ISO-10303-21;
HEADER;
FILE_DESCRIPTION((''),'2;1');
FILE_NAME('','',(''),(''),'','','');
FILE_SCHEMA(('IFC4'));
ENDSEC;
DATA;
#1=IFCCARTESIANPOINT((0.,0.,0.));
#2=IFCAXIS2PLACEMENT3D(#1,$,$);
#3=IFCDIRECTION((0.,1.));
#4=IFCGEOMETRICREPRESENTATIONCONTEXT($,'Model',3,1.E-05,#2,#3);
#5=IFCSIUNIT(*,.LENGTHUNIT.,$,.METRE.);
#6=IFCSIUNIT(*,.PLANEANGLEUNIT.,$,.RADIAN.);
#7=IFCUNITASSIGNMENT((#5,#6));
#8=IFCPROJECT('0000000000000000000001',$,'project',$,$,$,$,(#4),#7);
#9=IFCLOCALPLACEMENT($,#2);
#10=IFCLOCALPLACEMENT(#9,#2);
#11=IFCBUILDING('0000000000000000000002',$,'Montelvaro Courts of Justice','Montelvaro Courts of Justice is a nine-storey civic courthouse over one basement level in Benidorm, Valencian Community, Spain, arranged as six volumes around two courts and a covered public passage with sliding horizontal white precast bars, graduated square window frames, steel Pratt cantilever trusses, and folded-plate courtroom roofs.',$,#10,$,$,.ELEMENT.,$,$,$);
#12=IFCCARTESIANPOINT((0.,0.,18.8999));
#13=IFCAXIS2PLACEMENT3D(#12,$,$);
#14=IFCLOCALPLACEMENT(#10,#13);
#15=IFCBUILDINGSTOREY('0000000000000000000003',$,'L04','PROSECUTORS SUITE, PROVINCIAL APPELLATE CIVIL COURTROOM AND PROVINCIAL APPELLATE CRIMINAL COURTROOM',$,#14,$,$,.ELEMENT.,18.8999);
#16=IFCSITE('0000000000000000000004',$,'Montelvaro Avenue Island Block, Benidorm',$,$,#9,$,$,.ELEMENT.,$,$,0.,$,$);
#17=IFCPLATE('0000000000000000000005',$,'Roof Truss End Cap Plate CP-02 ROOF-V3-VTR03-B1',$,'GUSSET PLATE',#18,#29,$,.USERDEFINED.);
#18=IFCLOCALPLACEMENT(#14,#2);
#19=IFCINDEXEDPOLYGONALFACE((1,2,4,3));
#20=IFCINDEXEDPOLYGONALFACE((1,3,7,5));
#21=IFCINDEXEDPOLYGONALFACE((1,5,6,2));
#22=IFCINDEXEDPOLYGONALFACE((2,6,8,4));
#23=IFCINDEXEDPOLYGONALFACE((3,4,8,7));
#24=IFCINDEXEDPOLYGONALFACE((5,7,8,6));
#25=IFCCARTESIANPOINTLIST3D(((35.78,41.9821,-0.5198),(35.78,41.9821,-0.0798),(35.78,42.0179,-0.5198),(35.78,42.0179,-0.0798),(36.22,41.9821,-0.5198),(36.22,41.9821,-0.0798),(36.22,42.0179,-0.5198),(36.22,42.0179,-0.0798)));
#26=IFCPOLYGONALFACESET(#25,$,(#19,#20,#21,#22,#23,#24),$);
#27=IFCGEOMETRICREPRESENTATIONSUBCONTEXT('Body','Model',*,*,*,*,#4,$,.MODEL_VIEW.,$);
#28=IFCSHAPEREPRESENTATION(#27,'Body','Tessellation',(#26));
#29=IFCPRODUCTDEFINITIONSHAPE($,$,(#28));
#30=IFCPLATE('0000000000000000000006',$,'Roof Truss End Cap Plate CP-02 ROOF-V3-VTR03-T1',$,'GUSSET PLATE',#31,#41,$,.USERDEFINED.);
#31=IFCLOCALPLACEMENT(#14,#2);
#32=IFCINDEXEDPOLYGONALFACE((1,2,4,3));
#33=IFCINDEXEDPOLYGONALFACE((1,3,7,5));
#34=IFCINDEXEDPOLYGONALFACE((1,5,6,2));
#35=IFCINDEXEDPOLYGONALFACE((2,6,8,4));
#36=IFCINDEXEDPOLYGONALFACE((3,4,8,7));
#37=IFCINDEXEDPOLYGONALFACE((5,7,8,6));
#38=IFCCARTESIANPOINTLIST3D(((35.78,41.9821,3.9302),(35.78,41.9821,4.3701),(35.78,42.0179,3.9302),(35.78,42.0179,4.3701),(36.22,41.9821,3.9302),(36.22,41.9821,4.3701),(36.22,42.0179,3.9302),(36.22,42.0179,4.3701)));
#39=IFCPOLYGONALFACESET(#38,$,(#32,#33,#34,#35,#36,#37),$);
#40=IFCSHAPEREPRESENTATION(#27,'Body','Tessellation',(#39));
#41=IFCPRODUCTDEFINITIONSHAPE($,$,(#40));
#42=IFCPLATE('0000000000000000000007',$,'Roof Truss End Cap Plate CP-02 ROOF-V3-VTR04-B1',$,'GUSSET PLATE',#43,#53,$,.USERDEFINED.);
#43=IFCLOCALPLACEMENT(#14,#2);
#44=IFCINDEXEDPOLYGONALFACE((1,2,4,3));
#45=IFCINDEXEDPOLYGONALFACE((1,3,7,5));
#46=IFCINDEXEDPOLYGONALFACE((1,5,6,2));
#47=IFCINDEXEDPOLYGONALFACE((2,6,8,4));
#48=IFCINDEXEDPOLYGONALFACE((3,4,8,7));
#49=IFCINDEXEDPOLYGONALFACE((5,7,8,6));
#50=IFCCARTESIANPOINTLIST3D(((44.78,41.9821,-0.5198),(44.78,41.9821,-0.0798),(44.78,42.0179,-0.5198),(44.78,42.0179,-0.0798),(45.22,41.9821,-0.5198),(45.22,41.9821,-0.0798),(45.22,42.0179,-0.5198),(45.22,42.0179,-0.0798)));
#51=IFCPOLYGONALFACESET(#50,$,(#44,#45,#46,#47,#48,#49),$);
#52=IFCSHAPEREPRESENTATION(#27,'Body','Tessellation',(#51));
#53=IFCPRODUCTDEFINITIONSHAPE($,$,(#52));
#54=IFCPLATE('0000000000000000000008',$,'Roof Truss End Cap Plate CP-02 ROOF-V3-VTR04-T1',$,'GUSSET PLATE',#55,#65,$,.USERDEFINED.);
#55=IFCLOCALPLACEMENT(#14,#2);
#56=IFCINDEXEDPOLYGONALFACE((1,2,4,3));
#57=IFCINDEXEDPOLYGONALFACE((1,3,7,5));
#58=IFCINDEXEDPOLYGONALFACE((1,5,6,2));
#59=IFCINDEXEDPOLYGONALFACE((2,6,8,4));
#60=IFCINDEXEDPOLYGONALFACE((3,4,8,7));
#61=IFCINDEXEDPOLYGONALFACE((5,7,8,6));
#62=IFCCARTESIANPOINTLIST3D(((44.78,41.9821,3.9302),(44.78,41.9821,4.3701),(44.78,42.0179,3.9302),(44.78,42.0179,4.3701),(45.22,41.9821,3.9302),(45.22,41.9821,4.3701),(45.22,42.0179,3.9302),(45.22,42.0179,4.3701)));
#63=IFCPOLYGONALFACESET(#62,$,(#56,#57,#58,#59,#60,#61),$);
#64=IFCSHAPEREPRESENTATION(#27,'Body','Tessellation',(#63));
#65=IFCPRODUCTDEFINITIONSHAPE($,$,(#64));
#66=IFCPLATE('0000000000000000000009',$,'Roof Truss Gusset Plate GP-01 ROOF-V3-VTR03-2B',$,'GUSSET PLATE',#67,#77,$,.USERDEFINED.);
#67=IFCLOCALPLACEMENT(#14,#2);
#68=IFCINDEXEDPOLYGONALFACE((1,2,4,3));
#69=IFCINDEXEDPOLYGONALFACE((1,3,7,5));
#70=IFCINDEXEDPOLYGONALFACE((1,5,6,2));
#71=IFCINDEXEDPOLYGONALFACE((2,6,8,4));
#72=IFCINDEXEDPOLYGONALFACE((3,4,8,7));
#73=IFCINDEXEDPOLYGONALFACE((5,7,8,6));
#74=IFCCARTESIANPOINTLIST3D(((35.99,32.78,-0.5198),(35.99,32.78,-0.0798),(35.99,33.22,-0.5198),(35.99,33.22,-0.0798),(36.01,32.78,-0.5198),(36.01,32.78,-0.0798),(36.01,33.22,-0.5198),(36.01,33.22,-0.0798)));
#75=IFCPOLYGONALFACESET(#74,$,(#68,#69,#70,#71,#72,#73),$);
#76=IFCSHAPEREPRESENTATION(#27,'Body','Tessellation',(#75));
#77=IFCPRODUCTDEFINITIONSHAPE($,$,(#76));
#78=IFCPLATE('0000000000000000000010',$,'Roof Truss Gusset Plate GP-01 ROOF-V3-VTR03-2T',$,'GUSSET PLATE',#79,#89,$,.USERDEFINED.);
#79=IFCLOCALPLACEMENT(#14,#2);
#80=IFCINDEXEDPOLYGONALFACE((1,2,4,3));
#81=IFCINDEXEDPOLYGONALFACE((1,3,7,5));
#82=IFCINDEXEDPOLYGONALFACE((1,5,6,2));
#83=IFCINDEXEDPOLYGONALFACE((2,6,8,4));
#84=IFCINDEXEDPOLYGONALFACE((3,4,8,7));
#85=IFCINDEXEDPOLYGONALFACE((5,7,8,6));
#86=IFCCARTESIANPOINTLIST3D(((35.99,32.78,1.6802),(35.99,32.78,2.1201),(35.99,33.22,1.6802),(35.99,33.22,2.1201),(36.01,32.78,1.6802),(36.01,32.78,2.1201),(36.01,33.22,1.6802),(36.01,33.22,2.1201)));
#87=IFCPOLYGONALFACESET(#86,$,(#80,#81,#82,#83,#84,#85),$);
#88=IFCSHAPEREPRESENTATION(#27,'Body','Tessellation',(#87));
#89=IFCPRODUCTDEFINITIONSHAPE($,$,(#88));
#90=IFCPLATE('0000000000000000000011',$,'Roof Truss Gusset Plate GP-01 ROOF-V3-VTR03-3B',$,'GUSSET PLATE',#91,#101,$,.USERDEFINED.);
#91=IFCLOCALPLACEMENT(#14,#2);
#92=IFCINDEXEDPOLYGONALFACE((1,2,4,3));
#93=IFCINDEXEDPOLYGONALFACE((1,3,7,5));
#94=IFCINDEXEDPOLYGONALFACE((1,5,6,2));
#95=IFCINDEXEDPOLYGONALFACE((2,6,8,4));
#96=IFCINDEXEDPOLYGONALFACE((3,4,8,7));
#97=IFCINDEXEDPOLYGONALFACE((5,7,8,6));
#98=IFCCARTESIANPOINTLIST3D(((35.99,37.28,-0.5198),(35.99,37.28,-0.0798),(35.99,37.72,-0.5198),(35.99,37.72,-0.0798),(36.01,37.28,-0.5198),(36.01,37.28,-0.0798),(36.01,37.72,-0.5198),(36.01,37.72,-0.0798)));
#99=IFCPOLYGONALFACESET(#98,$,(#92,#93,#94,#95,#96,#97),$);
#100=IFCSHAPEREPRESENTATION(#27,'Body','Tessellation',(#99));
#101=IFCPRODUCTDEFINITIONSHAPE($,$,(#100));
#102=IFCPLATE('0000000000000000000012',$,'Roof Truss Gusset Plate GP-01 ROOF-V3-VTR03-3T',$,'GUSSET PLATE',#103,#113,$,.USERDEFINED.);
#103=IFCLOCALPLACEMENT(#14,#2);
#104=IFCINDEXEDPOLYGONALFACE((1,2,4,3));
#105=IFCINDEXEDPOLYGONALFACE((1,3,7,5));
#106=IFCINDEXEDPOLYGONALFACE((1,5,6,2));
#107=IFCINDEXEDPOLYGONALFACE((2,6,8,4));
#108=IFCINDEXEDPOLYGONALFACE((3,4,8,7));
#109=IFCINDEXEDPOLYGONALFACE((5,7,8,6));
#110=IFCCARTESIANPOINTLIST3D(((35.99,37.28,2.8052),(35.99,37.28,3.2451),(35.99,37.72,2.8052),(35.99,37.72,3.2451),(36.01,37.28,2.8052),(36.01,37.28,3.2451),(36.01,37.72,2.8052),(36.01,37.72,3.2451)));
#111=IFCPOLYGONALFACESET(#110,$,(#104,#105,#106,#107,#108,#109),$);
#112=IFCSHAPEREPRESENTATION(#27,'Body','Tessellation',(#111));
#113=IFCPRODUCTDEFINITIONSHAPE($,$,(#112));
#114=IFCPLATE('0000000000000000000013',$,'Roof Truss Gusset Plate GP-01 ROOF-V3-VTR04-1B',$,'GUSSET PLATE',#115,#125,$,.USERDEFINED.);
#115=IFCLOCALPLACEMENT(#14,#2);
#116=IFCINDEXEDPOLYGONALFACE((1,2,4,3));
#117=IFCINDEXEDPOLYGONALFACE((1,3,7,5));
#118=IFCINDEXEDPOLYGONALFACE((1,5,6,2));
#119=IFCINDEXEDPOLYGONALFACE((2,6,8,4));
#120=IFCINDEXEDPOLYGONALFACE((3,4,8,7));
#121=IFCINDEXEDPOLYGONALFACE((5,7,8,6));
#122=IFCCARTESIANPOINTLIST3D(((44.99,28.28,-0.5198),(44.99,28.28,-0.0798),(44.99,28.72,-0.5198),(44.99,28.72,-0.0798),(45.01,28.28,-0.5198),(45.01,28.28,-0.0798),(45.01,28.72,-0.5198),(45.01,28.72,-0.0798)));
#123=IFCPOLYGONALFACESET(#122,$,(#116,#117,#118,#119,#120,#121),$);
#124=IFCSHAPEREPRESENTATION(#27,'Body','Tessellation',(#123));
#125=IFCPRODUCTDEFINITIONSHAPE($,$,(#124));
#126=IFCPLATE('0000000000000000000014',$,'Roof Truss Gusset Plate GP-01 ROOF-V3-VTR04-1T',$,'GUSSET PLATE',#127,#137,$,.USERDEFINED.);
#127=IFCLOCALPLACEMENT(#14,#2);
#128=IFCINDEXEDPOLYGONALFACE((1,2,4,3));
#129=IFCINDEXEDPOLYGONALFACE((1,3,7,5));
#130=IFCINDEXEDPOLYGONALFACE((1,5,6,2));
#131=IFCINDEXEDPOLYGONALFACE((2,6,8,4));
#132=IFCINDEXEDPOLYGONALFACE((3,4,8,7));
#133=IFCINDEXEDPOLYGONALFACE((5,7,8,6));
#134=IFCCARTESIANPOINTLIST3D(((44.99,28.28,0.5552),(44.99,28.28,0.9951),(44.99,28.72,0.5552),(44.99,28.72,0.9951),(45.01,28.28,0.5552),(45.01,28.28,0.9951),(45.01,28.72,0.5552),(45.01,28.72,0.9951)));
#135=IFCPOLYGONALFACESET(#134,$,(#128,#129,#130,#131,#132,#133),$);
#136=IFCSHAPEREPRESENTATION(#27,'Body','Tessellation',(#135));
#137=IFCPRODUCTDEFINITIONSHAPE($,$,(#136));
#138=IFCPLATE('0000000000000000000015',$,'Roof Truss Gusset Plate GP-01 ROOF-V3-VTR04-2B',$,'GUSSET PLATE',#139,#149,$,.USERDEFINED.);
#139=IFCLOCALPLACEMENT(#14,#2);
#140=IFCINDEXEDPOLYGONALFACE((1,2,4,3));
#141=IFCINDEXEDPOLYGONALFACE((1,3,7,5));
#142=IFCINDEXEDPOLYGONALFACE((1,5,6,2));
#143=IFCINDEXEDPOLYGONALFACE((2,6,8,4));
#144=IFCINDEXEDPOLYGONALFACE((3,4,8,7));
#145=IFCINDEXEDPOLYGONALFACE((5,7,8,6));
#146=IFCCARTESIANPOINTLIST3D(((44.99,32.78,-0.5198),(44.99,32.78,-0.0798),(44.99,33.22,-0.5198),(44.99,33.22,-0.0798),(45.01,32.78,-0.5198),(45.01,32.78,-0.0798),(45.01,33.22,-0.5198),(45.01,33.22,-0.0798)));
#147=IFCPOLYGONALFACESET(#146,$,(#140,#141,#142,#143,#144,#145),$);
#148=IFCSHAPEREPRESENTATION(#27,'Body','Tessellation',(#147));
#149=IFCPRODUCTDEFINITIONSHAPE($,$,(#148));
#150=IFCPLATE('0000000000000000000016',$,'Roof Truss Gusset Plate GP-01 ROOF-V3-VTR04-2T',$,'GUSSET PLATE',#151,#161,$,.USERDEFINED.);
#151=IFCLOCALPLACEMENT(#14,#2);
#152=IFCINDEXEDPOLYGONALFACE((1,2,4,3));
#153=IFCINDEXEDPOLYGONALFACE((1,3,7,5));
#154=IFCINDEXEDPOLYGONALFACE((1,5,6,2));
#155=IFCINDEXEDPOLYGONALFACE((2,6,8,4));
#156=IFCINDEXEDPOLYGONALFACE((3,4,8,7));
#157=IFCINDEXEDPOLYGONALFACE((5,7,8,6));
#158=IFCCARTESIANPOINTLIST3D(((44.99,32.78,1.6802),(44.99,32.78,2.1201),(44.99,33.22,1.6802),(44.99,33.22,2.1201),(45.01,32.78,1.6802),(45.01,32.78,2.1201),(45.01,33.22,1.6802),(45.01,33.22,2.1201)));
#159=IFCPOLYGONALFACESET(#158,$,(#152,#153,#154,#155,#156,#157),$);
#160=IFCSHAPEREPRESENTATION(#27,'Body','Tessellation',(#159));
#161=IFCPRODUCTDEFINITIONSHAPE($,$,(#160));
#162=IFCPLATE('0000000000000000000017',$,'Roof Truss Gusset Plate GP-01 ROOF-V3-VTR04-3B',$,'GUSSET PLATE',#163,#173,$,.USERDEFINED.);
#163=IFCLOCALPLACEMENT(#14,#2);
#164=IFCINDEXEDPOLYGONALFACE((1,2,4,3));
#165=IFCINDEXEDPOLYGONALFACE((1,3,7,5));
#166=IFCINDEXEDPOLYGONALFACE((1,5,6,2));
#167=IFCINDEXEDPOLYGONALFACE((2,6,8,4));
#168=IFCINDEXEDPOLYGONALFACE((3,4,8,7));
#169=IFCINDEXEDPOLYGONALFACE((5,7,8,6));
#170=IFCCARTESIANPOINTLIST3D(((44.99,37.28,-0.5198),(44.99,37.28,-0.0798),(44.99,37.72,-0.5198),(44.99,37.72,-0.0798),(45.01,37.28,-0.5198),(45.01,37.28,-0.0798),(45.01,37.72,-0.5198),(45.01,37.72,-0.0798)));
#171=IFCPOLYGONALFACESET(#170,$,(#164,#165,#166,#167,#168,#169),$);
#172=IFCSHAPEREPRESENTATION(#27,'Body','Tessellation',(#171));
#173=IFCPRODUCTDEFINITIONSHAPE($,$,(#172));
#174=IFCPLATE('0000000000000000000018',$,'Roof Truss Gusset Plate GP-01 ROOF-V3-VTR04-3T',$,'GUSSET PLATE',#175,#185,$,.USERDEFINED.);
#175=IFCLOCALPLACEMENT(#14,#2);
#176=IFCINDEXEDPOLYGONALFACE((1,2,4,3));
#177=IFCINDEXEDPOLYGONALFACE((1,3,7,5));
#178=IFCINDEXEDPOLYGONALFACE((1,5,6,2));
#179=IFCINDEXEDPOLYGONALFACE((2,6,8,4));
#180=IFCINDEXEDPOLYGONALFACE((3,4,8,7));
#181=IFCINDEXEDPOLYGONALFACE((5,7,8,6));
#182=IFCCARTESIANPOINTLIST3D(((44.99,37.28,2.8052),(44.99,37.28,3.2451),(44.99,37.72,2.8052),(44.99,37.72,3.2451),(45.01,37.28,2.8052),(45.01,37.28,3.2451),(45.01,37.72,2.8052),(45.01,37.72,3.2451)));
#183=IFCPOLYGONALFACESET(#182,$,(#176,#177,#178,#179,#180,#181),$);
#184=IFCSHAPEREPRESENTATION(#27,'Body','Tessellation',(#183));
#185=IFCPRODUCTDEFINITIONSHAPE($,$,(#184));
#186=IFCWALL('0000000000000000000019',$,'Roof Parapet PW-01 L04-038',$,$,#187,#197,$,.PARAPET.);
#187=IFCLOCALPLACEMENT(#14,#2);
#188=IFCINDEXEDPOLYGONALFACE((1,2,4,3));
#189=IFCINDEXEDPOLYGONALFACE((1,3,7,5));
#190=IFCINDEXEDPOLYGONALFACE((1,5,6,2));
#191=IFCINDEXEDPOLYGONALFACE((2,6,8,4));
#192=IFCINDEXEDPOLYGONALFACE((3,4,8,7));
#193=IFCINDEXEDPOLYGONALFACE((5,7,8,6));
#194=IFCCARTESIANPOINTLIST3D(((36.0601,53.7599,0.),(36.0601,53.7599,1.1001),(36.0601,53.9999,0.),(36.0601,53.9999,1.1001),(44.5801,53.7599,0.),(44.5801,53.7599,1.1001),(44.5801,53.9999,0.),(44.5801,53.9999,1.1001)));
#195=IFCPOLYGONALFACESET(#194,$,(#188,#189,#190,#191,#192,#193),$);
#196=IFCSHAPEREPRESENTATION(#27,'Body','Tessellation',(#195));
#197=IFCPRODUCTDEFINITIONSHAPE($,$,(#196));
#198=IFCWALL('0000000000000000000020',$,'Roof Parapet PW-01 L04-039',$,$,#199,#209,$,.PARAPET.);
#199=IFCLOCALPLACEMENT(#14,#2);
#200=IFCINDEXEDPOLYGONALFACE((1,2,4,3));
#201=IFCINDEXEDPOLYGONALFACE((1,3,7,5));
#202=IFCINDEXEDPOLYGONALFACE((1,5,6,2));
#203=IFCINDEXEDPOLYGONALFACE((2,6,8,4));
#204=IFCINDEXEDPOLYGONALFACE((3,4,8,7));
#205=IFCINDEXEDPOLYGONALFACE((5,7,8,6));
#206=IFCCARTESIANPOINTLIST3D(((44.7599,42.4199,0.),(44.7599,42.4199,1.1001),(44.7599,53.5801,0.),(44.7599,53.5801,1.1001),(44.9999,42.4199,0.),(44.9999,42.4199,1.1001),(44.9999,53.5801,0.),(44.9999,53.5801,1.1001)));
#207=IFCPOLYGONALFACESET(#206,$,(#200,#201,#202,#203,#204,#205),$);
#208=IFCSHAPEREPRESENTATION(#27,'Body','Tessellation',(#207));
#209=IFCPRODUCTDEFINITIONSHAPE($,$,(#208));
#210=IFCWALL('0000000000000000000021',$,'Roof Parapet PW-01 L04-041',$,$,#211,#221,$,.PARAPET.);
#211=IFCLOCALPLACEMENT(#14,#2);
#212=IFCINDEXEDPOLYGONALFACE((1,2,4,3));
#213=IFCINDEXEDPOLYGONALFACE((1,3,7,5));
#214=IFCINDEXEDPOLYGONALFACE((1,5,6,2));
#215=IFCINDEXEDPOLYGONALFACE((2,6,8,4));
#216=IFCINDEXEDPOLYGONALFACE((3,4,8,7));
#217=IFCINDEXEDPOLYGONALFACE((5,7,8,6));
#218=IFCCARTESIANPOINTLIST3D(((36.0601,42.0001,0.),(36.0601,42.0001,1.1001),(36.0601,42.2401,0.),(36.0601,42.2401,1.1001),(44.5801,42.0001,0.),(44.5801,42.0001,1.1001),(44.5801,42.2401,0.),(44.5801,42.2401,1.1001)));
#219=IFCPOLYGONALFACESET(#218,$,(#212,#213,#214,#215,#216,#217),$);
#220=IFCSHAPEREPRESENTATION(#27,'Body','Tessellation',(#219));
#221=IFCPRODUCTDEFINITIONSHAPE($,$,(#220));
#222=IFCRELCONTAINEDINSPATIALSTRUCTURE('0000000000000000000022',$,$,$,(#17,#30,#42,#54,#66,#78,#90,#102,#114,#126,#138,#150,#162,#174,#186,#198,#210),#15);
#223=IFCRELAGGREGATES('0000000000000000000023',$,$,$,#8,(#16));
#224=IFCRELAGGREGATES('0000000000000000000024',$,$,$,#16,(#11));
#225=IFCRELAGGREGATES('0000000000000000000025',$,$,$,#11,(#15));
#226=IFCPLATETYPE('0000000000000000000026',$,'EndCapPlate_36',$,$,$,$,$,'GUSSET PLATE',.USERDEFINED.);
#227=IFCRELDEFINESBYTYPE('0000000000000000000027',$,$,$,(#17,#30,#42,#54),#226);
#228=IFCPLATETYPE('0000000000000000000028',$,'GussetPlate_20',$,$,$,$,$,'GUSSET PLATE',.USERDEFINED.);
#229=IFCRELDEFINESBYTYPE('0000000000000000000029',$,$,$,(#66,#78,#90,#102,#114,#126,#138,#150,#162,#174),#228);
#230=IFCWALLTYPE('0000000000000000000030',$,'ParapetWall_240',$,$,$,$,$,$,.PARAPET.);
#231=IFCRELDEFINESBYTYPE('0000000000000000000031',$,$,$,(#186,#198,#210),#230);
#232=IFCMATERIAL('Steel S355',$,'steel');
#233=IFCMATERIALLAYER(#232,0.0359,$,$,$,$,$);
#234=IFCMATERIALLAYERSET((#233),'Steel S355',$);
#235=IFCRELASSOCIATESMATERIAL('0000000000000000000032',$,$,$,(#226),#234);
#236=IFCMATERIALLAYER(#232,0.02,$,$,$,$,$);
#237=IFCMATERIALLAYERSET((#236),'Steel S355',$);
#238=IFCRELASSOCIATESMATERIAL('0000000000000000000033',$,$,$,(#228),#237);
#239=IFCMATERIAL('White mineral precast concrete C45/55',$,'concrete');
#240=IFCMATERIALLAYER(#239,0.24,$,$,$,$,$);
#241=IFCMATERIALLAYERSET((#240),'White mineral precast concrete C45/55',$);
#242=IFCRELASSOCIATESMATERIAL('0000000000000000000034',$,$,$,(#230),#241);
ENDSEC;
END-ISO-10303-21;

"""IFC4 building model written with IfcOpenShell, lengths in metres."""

from ifc_helpers import new_model, si_unit, direction, frame, frame_2d, origin, origin_2d, place, context, subcontext, project, spatial, rectangle, extrude, material, layer, layer_set, type_object, element, save


model = new_model("IFC4")

# Units and contexts
model_context = context("Model", 3, precision=1e-05, world=origin(), true_north=direction((0.0, 1.0)))
body_context = subcontext(model_context, "Body", "Model", "MODEL_VIEW")
ifc_project = project(units=[si_unit("LENGTHUNIT", "METRE"), si_unit("PLANEANGLEUNIT", "RADIAN")], contexts=[model_context])

# Site, building, storey
site_placement = place(None, origin())
site = spatial("IfcSite", under=ifc_project, at=site_placement, Name="Montelvaro Avenue Island Block, Benidorm", CompositionType="ELEMENT", RefElevation=0.0)
building_placement = place(site_placement, origin())
building = spatial("IfcBuilding", under=site, at=building_placement, Name="Montelvaro Courts of Justice", Description="Montelvaro Courts of Justice is a nine-storey civic courthouse over one basement level in Benidorm, Valencian Community, Spain, arranged as six volumes around two courts and a covered public passage with sliding horizontal white precast bars, graduated square window frames, steel Pratt cantilever trusses, and folded-plate courtroom roofs.", CompositionType="ELEMENT")
storey_placement = place(building_placement, frame((0.0, 0.0, 18.8999)))
storey = spatial("IfcBuildingStorey", under=building, at=storey_placement, Name="L04", Description="PROSECUTORS SUITE, PROVINCIAL APPELLATE CIVIL COURTROOM AND PROVINCIAL APPELLATE CRIMINAL COURTROOM", CompositionType="ELEMENT", Elevation=18.8999)

# Shared definitions
ifc_material_1 = material(Name="Steel S355", Category="steel")

# Plates
ifc_layer_1 = layer(ifc_material_1, 0.0359)
ifc_layer_set_1 = layer_set([ifc_layer_1], Name="Steel S355")
plate_type_1 = type_object("IfcPlateType", Name="EndCapPlate_36", ElementType="GUSSET PLATE", PredefinedType="USERDEFINED", material=ifc_layer_set_1)
for number, where, z_axis, x_axis, name in (
    (1, (36.0, 42.0, -0.5198), (0.0, 0.0, 1.0), (1.0, 0.0, 0.0), "Roof Truss End Cap Plate CP-02 ROOF-V3-VTR03-B1"),
    (2, (36.0, 42.0, 3.9302), (0.0, 0.0, 1.0), (1.0, 0.0, 0.0), "Roof Truss End Cap Plate CP-02 ROOF-V3-VTR03-T1"),
    (3, (45.0, 42.0, -0.5198), (0.0, 0.0, 1.0), (1.0, 0.0, 0.0), "Roof Truss End Cap Plate CP-02 ROOF-V3-VTR04-B1"),
    (4, (45.0, 42.0, 3.9302), (0.0, 0.0, 1.0), (1.0, 0.0, 0.0), "Roof Truss End Cap Plate CP-02 ROOF-V3-VTR04-T1"),
):
    element("IfcPlate", number, at=place(storey_placement, frame(where, z_axis=z_axis, x_axis=x_axis)), inside=storey, type_object=plate_type_1, Name=name, ObjectType="GUSSET PLATE", PredefinedType="USERDEFINED", context=body_context, shape_type="SweptSolid", body=[
        extrude(rectangle(XDim=0.4399, YDim=0.0359, at=origin_2d()), origin(), (0.0, 0.0, 1.0), 0.4399),
    ])
ifc_layer_2 = layer(ifc_material_1, 0.02)
ifc_layer_set_2 = layer_set([ifc_layer_2], Name="Steel S355")
plate_type_2 = type_object("IfcPlateType", Name="GussetPlate_20", ElementType="GUSSET PLATE", PredefinedType="USERDEFINED", material=ifc_layer_set_2)
for number, where, z_axis, x_axis, name in (
    (5, (36.0, 33.0, -0.5198), (0.0, 0.0, 1.0), (1.0, 0.0, 0.0), "Roof Truss Gusset Plate GP-01 ROOF-V3-VTR03-2B"),
    (6, (36.0, 33.0, 1.6802), (0.0, 0.0, 1.0), (1.0, 0.0, 0.0), "Roof Truss Gusset Plate GP-01 ROOF-V3-VTR03-2T"),
    (7, (36.0, 37.5, -0.5198), (0.0, 0.0, 1.0), (1.0, 0.0, 0.0), "Roof Truss Gusset Plate GP-01 ROOF-V3-VTR03-3B"),
    (8, (36.0, 37.5, 2.8052), (0.0, 0.0, 1.0), (1.0, 0.0, 0.0), "Roof Truss Gusset Plate GP-01 ROOF-V3-VTR03-3T"),
    (9, (45.0, 28.5, -0.5198), (0.0, 0.0, 1.0), (1.0, 0.0, 0.0), "Roof Truss Gusset Plate GP-01 ROOF-V3-VTR04-1B"),
    (10, (45.0, 28.5, 0.5552), (0.0, 0.0, 1.0), (1.0, 0.0, 0.0), "Roof Truss Gusset Plate GP-01 ROOF-V3-VTR04-1T"),
    (11, (45.0, 33.0, -0.5198), (0.0, 0.0, 1.0), (1.0, 0.0, 0.0), "Roof Truss Gusset Plate GP-01 ROOF-V3-VTR04-2B"),
    (12, (45.0, 33.0, 1.6802), (0.0, 0.0, 1.0), (1.0, 0.0, 0.0), "Roof Truss Gusset Plate GP-01 ROOF-V3-VTR04-2T"),
    (13, (45.0, 37.5, -0.5198), (0.0, 0.0, 1.0), (1.0, 0.0, 0.0), "Roof Truss Gusset Plate GP-01 ROOF-V3-VTR04-3B"),
    (14, (45.0, 37.5, 2.8052), (0.0, 0.0, 1.0), (1.0, 0.0, 0.0), "Roof Truss Gusset Plate GP-01 ROOF-V3-VTR04-3T"),
):
    element("IfcPlate", number, at=place(storey_placement, frame(where, z_axis=z_axis, x_axis=x_axis)), inside=storey, type_object=plate_type_2, Name=name, ObjectType="GUSSET PLATE", PredefinedType="USERDEFINED", context=body_context, shape_type="SweptSolid", body=[
        extrude(rectangle(XDim=0.02, YDim=0.4399, at=origin_2d()), origin(), (0.0, 0.0, 1.0), 0.4399),
    ])

# Walls
ifc_material_2 = material(Name="White mineral precast concrete C45/55", Category="concrete")
ifc_layer_3 = layer(ifc_material_2, 0.24)
ifc_layer_set_3 = layer_set([ifc_layer_3], Name="White mineral precast concrete C45/55")
wall_type = type_object("IfcWallType", Name="ParapetWall_240", PredefinedType="PARAPET", material=ifc_layer_set_3)
wall_1_placement = place(storey_placement, frame((36.0601, 53.8799, 0.0), z_axis=(0.0, 0.0, 1.0), x_axis=(1.0, 0.0, 0.0)))
element("IfcWall", 15, at=wall_1_placement, inside=storey, type_object=wall_type, Name="Roof Parapet PW-01 L04-038", PredefinedType="PARAPET", context=body_context, shape_type="SweptSolid", body=[
    extrude(rectangle(XDim=8.52, YDim=0.24, at=frame_2d((4.26, 0.0))), origin(), (0.0, 0.0, 1.0), 1.1001),
])
wall_2_placement = place(storey_placement, frame((44.8799, 42.4199, 0.0), z_axis=(0.0, 0.0, 1.0), x_axis=(0.0, 1.0, 0.0)))
element("IfcWall", 16, at=wall_2_placement, inside=storey, type_object=wall_type, Name="Roof Parapet PW-01 L04-039", PredefinedType="PARAPET", context=body_context, shape_type="SweptSolid", body=[
    extrude(rectangle(XDim=11.1602, YDim=0.24, at=frame_2d((5.5801, 0.0))), origin(), (0.0, 0.0, 1.0), 1.1001),
])
wall_3_placement = place(storey_placement, frame((36.0601, 42.1201, 0.0), z_axis=(0.0, 0.0, 1.0), x_axis=(1.0, 0.0, 0.0)))
element("IfcWall", 17, at=wall_3_placement, inside=storey, type_object=wall_type, Name="Roof Parapet PW-01 L04-041", PredefinedType="PARAPET", context=body_context, shape_type="SweptSolid", body=[
    extrude(rectangle(XDim=8.52, YDim=0.24, at=frame_2d((4.26, 0.0))), origin(), (0.0, 0.0, 1.0), 1.1001),
])

save(model, "model.ifc")
